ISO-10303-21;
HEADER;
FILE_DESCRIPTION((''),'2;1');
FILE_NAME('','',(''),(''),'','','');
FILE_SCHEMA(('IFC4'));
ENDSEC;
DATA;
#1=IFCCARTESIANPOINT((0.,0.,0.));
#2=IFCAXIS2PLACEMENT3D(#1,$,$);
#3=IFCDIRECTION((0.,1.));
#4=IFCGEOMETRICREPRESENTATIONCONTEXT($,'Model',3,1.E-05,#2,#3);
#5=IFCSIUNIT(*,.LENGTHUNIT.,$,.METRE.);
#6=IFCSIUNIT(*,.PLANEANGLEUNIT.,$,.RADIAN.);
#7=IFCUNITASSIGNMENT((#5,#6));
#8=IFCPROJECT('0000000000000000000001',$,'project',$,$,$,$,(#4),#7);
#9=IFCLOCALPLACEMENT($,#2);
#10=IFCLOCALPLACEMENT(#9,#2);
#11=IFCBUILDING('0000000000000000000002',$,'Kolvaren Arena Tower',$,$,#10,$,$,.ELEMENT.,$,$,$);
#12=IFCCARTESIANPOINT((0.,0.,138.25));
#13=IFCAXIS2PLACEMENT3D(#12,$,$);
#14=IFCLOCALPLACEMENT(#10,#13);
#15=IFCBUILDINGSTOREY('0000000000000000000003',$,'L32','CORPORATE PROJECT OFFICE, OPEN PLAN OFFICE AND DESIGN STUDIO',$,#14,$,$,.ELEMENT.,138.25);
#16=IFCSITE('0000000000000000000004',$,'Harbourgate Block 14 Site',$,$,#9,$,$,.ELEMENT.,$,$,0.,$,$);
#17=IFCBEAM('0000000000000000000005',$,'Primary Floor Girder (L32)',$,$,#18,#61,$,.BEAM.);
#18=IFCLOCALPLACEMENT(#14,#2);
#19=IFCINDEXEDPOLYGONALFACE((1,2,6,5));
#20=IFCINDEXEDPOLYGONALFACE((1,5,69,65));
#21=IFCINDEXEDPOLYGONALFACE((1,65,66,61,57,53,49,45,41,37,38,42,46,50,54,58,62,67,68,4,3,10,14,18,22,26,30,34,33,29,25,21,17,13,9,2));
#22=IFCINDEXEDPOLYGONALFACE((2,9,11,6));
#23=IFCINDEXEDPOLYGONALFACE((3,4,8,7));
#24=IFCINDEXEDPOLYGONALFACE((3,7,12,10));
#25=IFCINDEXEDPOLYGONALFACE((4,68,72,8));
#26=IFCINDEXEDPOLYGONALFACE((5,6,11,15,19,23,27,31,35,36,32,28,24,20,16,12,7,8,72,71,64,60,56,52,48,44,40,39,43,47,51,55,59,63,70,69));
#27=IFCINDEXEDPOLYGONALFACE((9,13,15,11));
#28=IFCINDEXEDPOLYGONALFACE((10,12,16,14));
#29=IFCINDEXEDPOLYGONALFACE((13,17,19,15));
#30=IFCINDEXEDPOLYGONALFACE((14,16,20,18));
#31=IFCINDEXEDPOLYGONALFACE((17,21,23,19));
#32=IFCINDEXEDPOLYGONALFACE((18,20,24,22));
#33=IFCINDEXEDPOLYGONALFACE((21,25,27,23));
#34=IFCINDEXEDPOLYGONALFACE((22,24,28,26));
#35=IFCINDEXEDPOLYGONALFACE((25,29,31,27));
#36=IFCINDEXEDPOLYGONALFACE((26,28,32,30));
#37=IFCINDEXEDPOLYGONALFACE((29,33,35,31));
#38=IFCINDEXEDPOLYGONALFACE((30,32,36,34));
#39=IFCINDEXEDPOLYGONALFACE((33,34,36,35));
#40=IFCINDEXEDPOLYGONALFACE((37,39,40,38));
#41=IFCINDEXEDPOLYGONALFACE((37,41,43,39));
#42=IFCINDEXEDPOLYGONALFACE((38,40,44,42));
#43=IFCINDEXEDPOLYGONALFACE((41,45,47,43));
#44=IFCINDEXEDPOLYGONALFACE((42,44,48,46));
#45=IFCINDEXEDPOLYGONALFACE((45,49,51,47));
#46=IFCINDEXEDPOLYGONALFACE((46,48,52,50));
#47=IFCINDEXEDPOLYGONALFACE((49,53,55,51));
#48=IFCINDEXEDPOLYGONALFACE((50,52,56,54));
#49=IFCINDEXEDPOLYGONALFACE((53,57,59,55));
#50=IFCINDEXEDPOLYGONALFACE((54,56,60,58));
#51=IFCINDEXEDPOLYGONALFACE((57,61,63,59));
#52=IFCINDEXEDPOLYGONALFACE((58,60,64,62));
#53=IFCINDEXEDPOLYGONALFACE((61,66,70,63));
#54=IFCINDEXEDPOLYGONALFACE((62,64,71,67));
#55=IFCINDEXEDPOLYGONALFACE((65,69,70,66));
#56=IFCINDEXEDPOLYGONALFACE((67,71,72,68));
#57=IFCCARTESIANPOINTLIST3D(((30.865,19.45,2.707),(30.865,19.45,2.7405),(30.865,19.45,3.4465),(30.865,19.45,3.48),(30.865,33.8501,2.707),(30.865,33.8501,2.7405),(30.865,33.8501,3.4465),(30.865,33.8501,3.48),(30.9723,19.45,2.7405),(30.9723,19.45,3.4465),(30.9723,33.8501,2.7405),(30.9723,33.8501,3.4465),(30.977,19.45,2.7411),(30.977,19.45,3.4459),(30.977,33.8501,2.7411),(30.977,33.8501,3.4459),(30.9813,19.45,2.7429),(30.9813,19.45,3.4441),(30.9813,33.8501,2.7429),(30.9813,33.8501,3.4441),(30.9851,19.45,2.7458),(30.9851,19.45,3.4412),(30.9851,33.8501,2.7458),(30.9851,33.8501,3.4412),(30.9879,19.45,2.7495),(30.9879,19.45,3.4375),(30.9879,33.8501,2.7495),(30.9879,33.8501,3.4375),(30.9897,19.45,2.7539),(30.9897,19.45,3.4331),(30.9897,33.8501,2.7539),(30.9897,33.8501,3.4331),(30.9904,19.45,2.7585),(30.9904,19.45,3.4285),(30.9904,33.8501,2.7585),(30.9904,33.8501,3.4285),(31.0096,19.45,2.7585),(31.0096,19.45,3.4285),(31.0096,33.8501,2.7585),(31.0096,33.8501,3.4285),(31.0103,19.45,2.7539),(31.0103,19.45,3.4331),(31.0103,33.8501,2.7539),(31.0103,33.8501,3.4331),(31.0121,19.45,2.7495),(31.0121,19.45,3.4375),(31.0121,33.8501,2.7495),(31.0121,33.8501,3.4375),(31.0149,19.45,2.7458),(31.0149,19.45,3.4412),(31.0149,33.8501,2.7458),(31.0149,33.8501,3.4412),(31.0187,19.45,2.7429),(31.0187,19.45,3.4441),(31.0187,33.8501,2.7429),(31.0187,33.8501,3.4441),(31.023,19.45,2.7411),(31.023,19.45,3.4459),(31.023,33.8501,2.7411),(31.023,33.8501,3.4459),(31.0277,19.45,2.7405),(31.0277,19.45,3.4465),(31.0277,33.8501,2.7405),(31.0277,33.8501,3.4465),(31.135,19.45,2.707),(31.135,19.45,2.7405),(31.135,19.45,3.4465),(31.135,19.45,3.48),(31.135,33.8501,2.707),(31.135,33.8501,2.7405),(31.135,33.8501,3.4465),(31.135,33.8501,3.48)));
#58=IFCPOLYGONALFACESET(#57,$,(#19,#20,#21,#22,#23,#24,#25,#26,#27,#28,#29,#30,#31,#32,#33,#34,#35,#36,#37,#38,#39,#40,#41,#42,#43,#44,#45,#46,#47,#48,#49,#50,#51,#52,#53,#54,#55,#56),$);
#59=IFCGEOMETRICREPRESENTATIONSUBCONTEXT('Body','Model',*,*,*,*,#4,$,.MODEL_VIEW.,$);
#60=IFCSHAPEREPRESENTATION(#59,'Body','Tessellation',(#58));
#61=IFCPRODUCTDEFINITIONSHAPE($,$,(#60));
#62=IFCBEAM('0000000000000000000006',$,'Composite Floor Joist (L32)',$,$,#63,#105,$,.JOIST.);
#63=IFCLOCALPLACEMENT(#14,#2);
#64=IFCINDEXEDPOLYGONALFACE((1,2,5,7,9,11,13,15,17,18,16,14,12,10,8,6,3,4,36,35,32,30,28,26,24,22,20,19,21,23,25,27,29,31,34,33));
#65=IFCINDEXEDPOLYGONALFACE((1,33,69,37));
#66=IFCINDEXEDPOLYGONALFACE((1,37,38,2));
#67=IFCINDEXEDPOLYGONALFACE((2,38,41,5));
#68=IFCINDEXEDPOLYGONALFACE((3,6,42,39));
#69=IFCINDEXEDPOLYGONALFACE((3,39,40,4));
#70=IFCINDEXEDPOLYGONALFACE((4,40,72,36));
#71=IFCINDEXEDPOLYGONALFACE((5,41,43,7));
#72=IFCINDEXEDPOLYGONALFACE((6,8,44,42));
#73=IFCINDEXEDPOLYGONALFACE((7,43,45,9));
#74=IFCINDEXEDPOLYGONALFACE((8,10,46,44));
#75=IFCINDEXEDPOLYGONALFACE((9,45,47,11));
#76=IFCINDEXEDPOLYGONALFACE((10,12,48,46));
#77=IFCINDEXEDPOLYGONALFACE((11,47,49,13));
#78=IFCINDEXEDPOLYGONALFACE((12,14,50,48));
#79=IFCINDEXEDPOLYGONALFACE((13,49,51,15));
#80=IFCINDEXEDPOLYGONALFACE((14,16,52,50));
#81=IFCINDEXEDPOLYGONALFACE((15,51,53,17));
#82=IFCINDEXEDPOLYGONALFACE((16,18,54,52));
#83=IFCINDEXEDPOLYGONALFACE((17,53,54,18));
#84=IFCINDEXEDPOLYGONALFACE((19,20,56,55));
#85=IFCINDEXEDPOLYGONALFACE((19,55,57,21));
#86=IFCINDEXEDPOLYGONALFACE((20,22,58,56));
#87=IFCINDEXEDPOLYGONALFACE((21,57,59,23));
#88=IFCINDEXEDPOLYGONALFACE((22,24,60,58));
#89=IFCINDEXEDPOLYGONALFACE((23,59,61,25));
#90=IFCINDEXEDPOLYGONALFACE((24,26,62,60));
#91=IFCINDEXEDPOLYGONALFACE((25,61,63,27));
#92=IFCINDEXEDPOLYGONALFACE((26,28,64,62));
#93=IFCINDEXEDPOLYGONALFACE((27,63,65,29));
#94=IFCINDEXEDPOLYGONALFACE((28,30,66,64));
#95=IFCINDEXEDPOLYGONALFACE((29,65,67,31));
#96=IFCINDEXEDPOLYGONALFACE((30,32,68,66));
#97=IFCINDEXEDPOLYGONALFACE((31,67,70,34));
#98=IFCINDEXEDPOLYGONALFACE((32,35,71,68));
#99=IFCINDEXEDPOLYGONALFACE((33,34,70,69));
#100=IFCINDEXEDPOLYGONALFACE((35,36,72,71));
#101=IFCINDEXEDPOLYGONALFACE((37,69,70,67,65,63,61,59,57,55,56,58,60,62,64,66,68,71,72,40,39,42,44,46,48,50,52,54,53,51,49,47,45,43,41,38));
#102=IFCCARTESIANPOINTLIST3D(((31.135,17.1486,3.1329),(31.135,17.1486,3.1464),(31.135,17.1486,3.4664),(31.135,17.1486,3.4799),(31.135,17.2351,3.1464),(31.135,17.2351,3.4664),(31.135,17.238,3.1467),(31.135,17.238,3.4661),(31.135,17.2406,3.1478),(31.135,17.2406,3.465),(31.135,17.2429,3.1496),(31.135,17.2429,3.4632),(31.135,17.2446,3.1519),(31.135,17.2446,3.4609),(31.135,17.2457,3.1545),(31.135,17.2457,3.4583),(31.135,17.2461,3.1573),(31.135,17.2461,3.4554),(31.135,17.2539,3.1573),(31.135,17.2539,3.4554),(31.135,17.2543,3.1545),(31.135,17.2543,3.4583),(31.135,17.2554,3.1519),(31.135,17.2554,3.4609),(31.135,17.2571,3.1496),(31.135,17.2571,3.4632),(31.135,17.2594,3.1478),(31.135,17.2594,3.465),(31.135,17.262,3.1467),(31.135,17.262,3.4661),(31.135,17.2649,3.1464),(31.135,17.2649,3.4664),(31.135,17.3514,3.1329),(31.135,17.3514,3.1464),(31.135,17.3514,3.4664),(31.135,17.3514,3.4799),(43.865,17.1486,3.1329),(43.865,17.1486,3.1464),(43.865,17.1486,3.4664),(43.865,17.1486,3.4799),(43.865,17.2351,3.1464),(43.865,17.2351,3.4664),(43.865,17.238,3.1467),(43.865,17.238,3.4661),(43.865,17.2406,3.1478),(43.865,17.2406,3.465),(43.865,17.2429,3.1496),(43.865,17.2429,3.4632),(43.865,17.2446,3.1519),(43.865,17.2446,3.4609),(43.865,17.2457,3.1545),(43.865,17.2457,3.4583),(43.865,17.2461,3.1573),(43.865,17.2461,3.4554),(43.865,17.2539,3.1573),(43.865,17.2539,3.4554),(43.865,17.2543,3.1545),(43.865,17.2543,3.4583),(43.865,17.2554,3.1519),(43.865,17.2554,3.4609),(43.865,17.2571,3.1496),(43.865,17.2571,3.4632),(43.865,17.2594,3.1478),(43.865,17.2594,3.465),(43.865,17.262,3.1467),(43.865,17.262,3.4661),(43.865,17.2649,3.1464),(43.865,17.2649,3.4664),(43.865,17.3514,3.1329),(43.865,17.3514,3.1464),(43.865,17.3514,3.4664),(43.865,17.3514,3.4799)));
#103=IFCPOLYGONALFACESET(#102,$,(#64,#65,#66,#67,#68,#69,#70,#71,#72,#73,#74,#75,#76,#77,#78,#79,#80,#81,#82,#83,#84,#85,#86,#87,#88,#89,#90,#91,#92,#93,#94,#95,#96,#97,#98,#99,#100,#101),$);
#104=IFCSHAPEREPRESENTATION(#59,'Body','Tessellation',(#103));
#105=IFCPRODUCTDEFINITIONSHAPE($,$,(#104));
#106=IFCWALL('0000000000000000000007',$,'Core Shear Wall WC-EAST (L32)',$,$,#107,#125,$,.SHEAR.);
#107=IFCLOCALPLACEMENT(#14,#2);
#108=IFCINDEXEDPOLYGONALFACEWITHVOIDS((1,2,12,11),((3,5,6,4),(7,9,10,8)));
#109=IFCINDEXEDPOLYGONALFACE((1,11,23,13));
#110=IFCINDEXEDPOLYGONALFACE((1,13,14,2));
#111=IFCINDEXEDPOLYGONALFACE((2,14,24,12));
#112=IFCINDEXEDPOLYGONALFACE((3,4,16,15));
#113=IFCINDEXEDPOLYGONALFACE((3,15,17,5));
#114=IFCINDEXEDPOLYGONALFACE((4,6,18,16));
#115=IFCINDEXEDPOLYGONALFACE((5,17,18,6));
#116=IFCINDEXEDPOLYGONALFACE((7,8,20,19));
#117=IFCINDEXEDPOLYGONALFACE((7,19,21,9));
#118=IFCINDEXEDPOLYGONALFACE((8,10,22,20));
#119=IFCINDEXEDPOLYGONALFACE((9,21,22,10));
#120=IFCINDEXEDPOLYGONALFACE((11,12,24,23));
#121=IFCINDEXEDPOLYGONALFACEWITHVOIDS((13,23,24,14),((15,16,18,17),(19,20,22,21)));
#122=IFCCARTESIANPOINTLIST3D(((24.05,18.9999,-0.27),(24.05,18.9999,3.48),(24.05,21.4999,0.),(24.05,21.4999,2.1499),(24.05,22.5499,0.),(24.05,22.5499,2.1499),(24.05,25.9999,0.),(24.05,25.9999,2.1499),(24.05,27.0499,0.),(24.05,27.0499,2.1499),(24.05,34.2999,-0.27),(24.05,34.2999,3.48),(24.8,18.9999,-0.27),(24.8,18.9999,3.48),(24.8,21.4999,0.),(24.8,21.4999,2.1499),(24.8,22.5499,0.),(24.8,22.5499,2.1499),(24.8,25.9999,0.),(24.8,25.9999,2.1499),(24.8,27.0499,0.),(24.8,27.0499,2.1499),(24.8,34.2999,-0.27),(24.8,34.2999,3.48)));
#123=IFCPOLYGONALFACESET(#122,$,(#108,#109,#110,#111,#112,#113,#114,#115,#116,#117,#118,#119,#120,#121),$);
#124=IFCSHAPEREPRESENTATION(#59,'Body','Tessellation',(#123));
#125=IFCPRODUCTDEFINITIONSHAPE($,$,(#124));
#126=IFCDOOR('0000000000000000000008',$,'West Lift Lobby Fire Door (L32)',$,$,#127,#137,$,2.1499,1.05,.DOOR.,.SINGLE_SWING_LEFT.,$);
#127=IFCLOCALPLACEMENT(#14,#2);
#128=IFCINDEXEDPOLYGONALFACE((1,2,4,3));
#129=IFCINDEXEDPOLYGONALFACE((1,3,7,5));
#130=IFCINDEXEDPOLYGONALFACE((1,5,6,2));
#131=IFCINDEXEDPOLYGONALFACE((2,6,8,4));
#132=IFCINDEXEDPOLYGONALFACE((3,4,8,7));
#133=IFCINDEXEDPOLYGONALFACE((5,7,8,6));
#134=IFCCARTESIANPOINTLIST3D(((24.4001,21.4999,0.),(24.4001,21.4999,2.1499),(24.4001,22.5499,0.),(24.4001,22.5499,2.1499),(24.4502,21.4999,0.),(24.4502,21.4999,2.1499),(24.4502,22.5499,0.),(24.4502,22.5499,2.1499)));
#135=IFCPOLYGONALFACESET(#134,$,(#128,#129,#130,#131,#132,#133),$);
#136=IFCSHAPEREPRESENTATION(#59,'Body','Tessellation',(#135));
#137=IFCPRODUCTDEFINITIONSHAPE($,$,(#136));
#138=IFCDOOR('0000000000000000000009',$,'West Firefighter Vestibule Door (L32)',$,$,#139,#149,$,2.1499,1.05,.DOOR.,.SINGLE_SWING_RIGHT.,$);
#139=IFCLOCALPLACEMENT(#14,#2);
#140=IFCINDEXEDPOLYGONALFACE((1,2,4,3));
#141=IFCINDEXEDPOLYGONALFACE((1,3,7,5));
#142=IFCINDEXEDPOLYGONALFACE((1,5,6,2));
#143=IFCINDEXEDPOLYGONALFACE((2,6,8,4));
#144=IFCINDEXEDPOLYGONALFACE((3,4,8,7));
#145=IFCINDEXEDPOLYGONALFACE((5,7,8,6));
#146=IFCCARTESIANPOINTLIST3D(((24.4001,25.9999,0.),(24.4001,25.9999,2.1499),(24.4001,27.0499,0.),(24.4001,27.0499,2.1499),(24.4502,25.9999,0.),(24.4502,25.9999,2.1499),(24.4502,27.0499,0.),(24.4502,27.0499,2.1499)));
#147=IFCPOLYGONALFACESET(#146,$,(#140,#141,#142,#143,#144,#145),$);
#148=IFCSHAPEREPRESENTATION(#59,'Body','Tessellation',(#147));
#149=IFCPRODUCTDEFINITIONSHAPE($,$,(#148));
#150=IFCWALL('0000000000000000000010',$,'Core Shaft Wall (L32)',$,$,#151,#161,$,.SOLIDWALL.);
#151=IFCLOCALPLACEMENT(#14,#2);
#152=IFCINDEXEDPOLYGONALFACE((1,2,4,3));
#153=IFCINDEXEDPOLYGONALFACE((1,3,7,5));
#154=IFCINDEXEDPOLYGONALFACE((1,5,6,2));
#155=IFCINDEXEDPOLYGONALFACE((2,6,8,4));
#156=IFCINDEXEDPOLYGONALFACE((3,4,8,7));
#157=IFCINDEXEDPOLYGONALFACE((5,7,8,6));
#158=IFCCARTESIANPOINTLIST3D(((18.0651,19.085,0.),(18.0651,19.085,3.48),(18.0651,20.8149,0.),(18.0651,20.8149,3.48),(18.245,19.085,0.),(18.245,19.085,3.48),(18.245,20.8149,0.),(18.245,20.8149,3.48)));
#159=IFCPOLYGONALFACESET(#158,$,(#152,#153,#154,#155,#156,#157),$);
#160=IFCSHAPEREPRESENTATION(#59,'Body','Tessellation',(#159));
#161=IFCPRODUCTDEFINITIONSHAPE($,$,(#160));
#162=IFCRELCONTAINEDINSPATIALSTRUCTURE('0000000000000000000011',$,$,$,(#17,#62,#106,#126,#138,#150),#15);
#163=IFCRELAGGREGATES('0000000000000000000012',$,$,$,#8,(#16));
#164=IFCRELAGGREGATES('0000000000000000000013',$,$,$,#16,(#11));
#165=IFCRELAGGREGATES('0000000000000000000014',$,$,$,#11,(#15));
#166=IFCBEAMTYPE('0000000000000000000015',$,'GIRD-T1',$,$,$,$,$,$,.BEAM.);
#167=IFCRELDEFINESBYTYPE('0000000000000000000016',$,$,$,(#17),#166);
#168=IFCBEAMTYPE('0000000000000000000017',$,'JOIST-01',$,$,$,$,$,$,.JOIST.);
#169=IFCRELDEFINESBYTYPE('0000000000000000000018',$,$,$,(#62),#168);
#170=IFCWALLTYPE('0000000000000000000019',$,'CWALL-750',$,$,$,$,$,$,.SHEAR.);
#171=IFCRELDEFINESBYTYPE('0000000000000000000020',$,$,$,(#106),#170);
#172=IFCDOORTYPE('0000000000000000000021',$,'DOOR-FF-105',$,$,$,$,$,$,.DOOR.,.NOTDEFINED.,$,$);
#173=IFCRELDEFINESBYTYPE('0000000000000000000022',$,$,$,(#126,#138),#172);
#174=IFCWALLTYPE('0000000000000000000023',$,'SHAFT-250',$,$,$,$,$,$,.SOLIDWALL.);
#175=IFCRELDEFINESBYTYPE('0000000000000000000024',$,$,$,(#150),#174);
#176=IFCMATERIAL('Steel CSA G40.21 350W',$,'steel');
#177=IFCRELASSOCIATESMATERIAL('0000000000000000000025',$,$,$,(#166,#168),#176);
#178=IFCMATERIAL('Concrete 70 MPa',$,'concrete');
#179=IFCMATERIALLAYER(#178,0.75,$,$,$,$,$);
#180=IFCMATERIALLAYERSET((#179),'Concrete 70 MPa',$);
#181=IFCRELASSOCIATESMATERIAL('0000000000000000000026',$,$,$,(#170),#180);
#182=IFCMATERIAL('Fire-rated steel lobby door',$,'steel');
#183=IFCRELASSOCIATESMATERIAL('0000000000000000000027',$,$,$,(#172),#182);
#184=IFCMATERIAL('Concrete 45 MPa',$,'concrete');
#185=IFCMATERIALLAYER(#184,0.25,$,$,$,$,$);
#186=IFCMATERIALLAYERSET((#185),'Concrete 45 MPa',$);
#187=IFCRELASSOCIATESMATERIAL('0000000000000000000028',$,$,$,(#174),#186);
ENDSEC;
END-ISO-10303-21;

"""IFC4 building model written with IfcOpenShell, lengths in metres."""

from ifc_helpers import new_model, si_unit, direction, frame, frame_2d, origin, origin_2d, place, context, subcontext, project, spatial, rectangle, i_section, extrude, material, layer, layer_set, material_profile, profile_set, type_object, element, fill, save


model = new_model("IFC4")

# Units and contexts
model_context = context("Model", 3, precision=1e-05, world=origin(), true_north=direction((0.0, 1.0)))
body_context = subcontext(model_context, "Body", "Model", "MODEL_VIEW")
ifc_project = project(units=[si_unit("LENGTHUNIT", "METRE"), si_unit("PLANEANGLEUNIT", "RADIAN")], contexts=[model_context])

# Site, building, storey
site_placement = place(None, origin())
site = spatial("IfcSite", under=ifc_project, at=site_placement, Name="Harbourgate Block 14 Site", CompositionType="ELEMENT", RefElevation=0.0)
building_placement = place(site_placement, origin())
building = spatial("IfcBuilding", under=site, at=building_placement, Name="Kolvaren Arena Tower", CompositionType="ELEMENT")
storey_placement = place(building_placement, frame((0.0, 0.0, 138.25)))
storey = spatial("IfcBuildingStorey", under=building, at=storey_placement, Name="L32", Description="CORPORATE PROJECT OFFICE, OPEN PLAN OFFICE AND DESIGN STUDIO", CompositionType="ELEMENT", Elevation=138.25)

# Beams
ifc_material_1 = material(Name="Steel CSA G40.21 350W", Category="steel")
ifc_material_profile_1 = material_profile(ifc_material_1, i_section(OverallWidth=0.27, OverallDepth=0.7729, WebThickness=0.0193, FlangeThickness=0.0334, FilletRadius=0.0181, at=origin_2d()), Name="W760x257")
ifc_profile_set_1 = profile_set([ifc_material_profile_1], Name="Steel CSA G40.21 350W")
beam_type_1 = type_object("IfcBeamType", Name="GIRD-T1", PredefinedType="BEAM", material=ifc_profile_set_1)
beam_1_placement = place(storey_placement, frame((31.0, 19.45, 3.0935), z_axis=(0.0, 1.0, 0.0), x_axis=(-1.0, 0.0, 0.0)))
element("IfcBeam", 1, at=beam_1_placement, inside=storey, type_object=beam_type_1, Name="Primary Floor Girder (L32)", PredefinedType="BEAM", context=body_context, shape_type="SweptSolid", body=[
    extrude(i_section(OverallWidth=0.27, OverallDepth=0.7729, WebThickness=0.0193, FlangeThickness=0.0334, FilletRadius=0.0181, at=origin_2d()), origin(), (0.0, 0.0, 1.0), 14.4001),
])
ifc_material_profile_2 = material_profile(ifc_material_1, i_section(OverallWidth=0.2029, OverallDepth=0.3469, WebThickness=0.0078, FlangeThickness=0.0134, FilletRadius=0.011, at=origin_2d()), Name="W360x64")
ifc_profile_set_2 = profile_set([ifc_material_profile_2], Name="Steel CSA G40.21 350W")
beam_type_2 = type_object("IfcBeamType", Name="JOIST-01", PredefinedType="JOIST", material=ifc_profile_set_2)
beam_2_placement = place(storey_placement, frame((31.135, 17.25, 3.3064), z_axis=(1.0, 0.0, 0.0), x_axis=(0.0, 1.0, 0.0)))
element("IfcBeam", 2, at=beam_2_placement, inside=storey, type_object=beam_type_2, Name="Composite Floor Joist (L32)", PredefinedType="JOIST", context=body_context, shape_type="SweptSolid", body=[
    extrude(i_section(OverallWidth=0.2029, OverallDepth=0.3469, WebThickness=0.0078, FlangeThickness=0.0134, FilletRadius=0.011, at=origin_2d()), origin(), (0.0, 0.0, 1.0), 12.73),
])

# Wall, openings, doors
ifc_material_2 = material(Name="Concrete 70 MPa", Category="concrete")
ifc_layer_1 = layer(ifc_material_2, 0.75)
ifc_layer_set_1 = layer_set([ifc_layer_1], Name="Concrete 70 MPa")
wall_type_1 = type_object("IfcWallType", Name="CWALL-750", PredefinedType="SHEAR", material=ifc_layer_set_1)
wall_1_placement = place(storey_placement, frame((24.425, 19.0, -0.27), z_axis=(0.0, 0.0, 1.0), x_axis=(0.0, 1.0, 0.0)))
wall_1 = element("IfcWall", 3, at=wall_1_placement, inside=storey, type_object=wall_type_1, Name="Core Shear Wall WC-EAST (L32)", PredefinedType="SHEAR", context=body_context, shape_type="SweptSolid", body=[
    extrude(rectangle(XDim=15.3, YDim=0.75, at=frame_2d((7.6499, 0.0))), origin(), (0.0, 0.0, 1.0), 3.75),
])
opening_1_placement = place(wall_1_placement, frame((2.5, 0.0, 0.27)))
opening_1 = element("IfcOpeningElement", 4, at=opening_1_placement, cuts=wall_1, PredefinedType="OPENING", context=body_context, shape_type="SweptSolid", body=[
    extrude(rectangle(XDim=1.05, YDim=2.1499, at=frame_2d((0.5249, 1.075))), frame((0.0, 0.385, 0.0), z_axis=(0.0, -1.0, 0.0), x_axis=(1.0, 0.0, 0.0)), (0.0, 0.0, 1.0), 0.77),
])
opening_2_placement = place(wall_1_placement, frame((7.0, 0.0, 0.27)))
opening_2 = element("IfcOpeningElement", 5, at=opening_2_placement, cuts=wall_1, PredefinedType="OPENING", context=body_context, shape_type="SweptSolid", body=[
    extrude(rectangle(XDim=1.05, YDim=2.1499, at=frame_2d((0.5249, 1.075))), frame((0.0, 0.385, 0.0), z_axis=(0.0, -1.0, 0.0), x_axis=(1.0, 0.0, 0.0)), (0.0, 0.0, 1.0), 0.77),
])
ifc_material_3 = material(Name="Fire-rated steel lobby door", Category="steel")
door_type_1 = type_object("IfcDoorType", Name="DOOR-FF-105", OperationType="NOTDEFINED", PredefinedType="DOOR", material=ifc_material_3)
door_1_placement = place(opening_1_placement, origin())
door_1 = element("IfcDoor", 6, at=door_1_placement, inside=storey, type_object=door_type_1, Name="West Lift Lobby Fire Door (L32)", OperationType="SINGLE_SWING_LEFT", OverallHeight=2.1499, OverallWidth=1.05, PredefinedType="DOOR", context=body_context, shape_type="SweptSolid", body=[
    extrude(rectangle(XDim=1.05, YDim=2.1499, at=frame_2d((0.5249, 1.075))), frame((0.0, 0.0249, 0.0), z_axis=(0.0, -1.0, 0.0), x_axis=(1.0, 0.0, 0.0)), (0.0, 0.0, 1.0), 0.05),
])
fill(opening_1, door_1)
door_2_placement = place(opening_2_placement, origin())
door_2 = element("IfcDoor", 7, at=door_2_placement, inside=storey, type_object=door_type_1, Name="West Firefighter Vestibule Door (L32)", OperationType="SINGLE_SWING_RIGHT", OverallHeight=2.1499, OverallWidth=1.05, PredefinedType="DOOR", context=body_context, shape_type="SweptSolid", body=[
    extrude(rectangle(XDim=1.05, YDim=2.1499, at=frame_2d((0.5249, 1.075))), frame((0.0, 0.0249, 0.0), z_axis=(0.0, -1.0, 0.0), x_axis=(1.0, 0.0, 0.0)), (0.0, 0.0, 1.0), 0.05),
])
fill(opening_2, door_2)

# Wall
ifc_material_4 = material(Name="Concrete 45 MPa", Category="concrete")
ifc_layer_2 = layer(ifc_material_4, 0.25)
ifc_layer_set_2 = layer_set([ifc_layer_2], Name="Concrete 45 MPa")
wall_type_2 = type_object("IfcWallType", Name="SHAFT-250", PredefinedType="SOLIDWALL", material=ifc_layer_set_2)
wall_2_placement = place(storey_placement, frame((18.155, 19.085, 0.0), z_axis=(0.0, 0.0, 1.0), x_axis=(0.0, 1.0, 0.0)))
element("IfcWall", 8, at=wall_2_placement, inside=storey, type_object=wall_type_2, Name="Core Shaft Wall (L32)", PredefinedType="SOLIDWALL", context=body_context, shape_type="SweptSolid", body=[
    extrude(rectangle(XDim=1.73, YDim=0.1799, at=frame_2d((0.865, 0.0))), origin(), (0.0, 0.0, 1.0), 3.48),
])

save(model, "model.ifc")
